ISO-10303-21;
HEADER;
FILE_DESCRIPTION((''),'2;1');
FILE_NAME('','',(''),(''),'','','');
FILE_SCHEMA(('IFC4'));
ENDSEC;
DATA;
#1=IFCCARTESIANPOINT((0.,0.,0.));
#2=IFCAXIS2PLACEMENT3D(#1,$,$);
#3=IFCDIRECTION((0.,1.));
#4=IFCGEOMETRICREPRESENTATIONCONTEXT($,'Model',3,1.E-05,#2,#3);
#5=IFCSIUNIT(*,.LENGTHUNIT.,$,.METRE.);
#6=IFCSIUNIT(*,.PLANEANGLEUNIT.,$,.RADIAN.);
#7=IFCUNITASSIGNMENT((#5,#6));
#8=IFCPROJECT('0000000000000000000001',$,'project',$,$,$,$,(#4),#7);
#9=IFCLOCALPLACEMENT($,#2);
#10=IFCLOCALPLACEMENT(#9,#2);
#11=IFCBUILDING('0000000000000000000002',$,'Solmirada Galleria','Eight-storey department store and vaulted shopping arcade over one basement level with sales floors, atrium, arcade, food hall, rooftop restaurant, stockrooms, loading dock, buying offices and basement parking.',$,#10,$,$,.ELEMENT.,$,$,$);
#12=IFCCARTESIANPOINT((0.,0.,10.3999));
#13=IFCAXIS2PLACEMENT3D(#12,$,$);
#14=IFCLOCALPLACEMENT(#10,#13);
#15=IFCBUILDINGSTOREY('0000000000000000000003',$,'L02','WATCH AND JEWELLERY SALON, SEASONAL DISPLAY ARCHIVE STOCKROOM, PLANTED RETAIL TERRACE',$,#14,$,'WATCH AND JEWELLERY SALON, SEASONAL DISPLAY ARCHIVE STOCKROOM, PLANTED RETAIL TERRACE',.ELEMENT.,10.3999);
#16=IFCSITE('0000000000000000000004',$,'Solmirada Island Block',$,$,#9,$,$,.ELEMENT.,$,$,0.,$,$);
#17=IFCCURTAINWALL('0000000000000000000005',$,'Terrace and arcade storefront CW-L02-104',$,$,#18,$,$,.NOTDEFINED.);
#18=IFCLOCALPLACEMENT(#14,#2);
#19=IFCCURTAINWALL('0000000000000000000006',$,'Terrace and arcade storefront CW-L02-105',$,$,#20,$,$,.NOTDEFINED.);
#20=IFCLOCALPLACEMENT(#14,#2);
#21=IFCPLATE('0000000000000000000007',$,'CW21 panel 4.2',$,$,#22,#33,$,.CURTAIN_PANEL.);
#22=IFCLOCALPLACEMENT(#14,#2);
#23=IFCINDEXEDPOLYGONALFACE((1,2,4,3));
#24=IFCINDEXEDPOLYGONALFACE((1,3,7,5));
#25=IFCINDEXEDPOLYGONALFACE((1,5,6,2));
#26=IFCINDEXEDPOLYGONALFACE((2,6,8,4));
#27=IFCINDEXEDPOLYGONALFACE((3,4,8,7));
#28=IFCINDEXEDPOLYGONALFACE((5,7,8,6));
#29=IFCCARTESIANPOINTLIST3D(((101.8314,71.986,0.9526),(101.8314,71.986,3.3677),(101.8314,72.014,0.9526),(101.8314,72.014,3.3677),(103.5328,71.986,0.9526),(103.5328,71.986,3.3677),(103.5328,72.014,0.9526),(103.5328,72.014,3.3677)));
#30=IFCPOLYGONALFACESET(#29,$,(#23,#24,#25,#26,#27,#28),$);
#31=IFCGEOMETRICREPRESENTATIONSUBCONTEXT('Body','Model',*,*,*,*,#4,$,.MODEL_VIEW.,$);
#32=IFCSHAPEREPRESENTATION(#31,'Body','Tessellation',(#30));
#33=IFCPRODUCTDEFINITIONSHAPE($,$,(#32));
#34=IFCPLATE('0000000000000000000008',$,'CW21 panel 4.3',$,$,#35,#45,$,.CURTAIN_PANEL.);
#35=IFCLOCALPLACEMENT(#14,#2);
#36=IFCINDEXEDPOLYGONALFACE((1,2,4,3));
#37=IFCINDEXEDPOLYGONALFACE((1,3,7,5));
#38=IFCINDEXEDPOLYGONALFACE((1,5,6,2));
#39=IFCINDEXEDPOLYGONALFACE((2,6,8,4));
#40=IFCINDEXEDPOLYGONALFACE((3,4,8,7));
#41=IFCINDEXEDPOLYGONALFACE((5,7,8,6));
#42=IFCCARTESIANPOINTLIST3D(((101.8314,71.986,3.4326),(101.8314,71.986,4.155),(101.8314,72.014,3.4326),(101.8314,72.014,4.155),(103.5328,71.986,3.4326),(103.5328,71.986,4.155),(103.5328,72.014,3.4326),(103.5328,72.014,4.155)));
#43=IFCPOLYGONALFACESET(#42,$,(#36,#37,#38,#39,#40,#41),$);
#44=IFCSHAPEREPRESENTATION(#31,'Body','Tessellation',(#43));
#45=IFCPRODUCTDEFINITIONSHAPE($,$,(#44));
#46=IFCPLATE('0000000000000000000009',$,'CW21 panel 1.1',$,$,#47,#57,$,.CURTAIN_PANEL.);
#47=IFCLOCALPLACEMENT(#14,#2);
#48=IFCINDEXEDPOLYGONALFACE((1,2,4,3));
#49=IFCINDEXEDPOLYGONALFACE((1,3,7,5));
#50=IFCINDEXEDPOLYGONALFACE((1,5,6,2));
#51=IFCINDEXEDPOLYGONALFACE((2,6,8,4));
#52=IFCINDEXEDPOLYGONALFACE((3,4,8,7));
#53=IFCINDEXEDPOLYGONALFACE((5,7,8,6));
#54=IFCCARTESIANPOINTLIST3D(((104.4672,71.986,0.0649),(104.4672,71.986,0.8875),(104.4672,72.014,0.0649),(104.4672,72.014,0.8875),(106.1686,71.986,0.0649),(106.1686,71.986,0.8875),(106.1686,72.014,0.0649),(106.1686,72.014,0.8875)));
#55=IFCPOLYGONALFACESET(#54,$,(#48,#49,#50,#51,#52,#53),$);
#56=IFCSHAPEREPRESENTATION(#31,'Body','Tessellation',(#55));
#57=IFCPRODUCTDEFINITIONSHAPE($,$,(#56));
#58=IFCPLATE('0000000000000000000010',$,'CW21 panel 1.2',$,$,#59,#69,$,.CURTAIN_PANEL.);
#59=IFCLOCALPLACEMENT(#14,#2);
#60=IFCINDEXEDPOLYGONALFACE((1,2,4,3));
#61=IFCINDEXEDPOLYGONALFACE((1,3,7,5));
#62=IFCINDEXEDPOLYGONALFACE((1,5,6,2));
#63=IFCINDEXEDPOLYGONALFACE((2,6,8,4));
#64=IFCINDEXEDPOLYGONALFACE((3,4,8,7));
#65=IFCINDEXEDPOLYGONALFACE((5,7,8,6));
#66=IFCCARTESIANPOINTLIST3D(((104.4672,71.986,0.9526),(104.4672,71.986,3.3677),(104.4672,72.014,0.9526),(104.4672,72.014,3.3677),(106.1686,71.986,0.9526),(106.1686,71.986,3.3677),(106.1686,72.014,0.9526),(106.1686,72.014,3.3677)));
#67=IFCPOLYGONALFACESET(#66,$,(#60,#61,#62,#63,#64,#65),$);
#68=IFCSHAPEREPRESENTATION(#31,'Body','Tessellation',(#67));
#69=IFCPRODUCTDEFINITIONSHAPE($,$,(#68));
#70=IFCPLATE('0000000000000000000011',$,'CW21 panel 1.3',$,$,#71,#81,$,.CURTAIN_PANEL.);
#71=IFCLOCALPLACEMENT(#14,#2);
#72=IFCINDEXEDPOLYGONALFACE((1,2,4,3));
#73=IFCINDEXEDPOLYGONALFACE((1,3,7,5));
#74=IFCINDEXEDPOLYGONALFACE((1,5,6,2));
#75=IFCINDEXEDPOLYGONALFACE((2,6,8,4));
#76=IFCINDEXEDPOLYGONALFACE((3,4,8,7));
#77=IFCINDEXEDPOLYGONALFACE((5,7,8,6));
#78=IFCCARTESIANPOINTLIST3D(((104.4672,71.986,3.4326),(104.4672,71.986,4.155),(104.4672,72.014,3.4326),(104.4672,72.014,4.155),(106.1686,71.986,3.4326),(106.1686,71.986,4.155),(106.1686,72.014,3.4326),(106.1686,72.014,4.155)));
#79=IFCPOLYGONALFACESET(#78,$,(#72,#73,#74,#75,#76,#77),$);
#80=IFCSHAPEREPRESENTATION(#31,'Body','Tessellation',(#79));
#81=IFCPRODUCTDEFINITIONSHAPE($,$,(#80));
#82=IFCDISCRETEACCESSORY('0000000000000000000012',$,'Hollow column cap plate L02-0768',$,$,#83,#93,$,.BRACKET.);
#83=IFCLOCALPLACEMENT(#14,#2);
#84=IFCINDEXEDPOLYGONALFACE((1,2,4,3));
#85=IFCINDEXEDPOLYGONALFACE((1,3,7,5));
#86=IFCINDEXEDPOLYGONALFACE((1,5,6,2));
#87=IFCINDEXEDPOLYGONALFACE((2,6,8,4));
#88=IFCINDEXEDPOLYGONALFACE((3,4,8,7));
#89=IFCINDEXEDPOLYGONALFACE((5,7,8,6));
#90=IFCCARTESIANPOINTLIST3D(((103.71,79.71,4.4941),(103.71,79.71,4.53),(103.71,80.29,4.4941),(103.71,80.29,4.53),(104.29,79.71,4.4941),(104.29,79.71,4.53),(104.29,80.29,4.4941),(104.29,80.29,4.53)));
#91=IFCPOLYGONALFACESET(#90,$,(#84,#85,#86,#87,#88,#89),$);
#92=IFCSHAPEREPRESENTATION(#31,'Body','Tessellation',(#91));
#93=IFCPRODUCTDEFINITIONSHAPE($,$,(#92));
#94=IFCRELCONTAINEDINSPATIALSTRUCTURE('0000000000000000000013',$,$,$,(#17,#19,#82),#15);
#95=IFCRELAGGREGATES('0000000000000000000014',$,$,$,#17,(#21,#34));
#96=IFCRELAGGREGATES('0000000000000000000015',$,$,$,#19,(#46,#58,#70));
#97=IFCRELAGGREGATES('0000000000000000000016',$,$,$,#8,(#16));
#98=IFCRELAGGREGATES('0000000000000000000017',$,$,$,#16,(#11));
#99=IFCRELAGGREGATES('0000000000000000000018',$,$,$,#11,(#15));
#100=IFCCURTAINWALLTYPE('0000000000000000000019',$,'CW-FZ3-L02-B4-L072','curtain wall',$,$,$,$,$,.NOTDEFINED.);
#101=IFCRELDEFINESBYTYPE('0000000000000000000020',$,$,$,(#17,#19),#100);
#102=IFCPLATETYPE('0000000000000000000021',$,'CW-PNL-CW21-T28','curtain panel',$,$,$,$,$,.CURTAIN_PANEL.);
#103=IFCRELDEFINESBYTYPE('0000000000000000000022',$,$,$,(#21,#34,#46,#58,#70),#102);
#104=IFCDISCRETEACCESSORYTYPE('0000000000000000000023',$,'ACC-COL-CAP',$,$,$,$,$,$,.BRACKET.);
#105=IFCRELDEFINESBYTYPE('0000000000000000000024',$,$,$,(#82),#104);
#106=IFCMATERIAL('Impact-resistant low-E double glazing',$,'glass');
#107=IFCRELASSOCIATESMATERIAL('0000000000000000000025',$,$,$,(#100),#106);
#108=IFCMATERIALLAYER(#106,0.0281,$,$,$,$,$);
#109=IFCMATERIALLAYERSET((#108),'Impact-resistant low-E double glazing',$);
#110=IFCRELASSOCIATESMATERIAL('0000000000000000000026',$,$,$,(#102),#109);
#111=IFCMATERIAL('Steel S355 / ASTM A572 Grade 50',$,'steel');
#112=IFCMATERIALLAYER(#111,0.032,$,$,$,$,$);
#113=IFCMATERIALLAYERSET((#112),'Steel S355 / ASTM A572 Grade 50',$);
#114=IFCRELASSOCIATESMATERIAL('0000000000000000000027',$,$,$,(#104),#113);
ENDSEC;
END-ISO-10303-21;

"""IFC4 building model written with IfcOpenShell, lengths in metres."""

from ifc_helpers import new_model, si_unit, direction, frame, origin, origin_2d, place, context, subcontext, project, spatial, rectangle, extrude, material, layer, layer_set, type_object, element, aggregate, save


model = new_model("IFC4")

# Units and contexts
model_context = context("Model", 3, precision=1e-05, world=origin(), true_north=direction((0.0, 1.0)))
body_context = subcontext(model_context, "Body", "Model", "MODEL_VIEW")
ifc_project = project(units=[si_unit("LENGTHUNIT", "METRE"), si_unit("PLANEANGLEUNIT", "RADIAN")], contexts=[model_context])

# Site, building, storey
site_placement = place(None, origin())
site = spatial("IfcSite", under=ifc_project, at=site_placement, Name="Solmirada Island Block", CompositionType="ELEMENT", RefElevation=0.0)
building_placement = place(site_placement, origin())
building = spatial("IfcBuilding", under=site, at=building_placement, Name="Solmirada Galleria", Description="Eight-storey department store and vaulted shopping arcade over one basement level with sales floors, atrium, arcade, food hall, rooftop restaurant, stockrooms, loading dock, buying offices and basement parking.", CompositionType="ELEMENT")
storey_placement = place(building_placement, frame((0.0, 0.0, 10.3999)))
storey = spatial("IfcBuildingStorey", under=building, at=storey_placement, Name="L02", Description="WATCH AND JEWELLERY SALON, SEASONAL DISPLAY ARCHIVE STOCKROOM, PLANTED RETAIL TERRACE", LongName="WATCH AND JEWELLERY SALON, SEASONAL DISPLAY ARCHIVE STOCKROOM, PLANTED RETAIL TERRACE", CompositionType="ELEMENT", Elevation=10.3999)

# Curtain walls
ifc_material_1 = material(Name="Impact-resistant low-E double glazing", Category="glass")
curtain_wall_type = type_object("IfcCurtainWallType", Name="CW-FZ3-L02-B4-L072", Description="curtain wall", PredefinedType="NOTDEFINED", material=ifc_material_1)
curtain_wall_1_placement = place(storey_placement, origin())
curtain_wall_1 = element("IfcCurtainWall", 1, at=curtain_wall_1_placement, inside=storey, type_object=curtain_wall_type, Name="Terrace and arcade storefront CW-L02-104", PredefinedType="NOTDEFINED")
curtain_wall_2_placement = place(storey_placement, origin())
curtain_wall_2 = element("IfcCurtainWall", 2, at=curtain_wall_2_placement, inside=storey, type_object=curtain_wall_type, Name="Terrace and arcade storefront CW-L02-105", PredefinedType="NOTDEFINED")

# Plates
ifc_layer_1 = layer(ifc_material_1, 0.0281)
ifc_layer_set_1 = layer_set([ifc_layer_1], Name="Impact-resistant low-E double glazing")
plate_type = type_object("IfcPlateType", Name="CW-PNL-CW21-T28", Description="curtain panel", PredefinedType="CURTAIN_PANEL", material=ifc_layer_set_1)
plate_1_placement = place(storey_placement, frame((102.6821, 72.0, 0.9526), z_axis=(0.0, 0.0, 1.0), x_axis=(1.0, 0.0, 0.0)))
plate_1 = element("IfcPlate", 3, at=plate_1_placement, type_object=plate_type, Name="CW21 panel 4.2", PredefinedType="CURTAIN_PANEL", context=body_context, shape_type="SweptSolid", body=[
    extrude(rectangle(XDim=1.7014, YDim=0.0281, at=origin_2d()), origin(), (0.0, 0.0, 1.0), 2.415),
])
plate_2_placement = place(storey_placement, frame((102.6821, 72.0, 3.4326), z_axis=(0.0, 0.0, 1.0), x_axis=(1.0, 0.0, 0.0)))
plate_2 = element("IfcPlate", 4, at=plate_2_placement, type_object=plate_type, Name="CW21 panel 4.3", PredefinedType="CURTAIN_PANEL", context=body_context, shape_type="SweptSolid", body=[
    extrude(rectangle(XDim=1.7014, YDim=0.0281, at=origin_2d()), origin(), (0.0, 0.0, 1.0), 0.7224),
])
aggregate(curtain_wall_1, [plate_1, plate_2])
plate_3_placement = place(storey_placement, frame((105.3179, 72.0, 0.0649), z_axis=(0.0, 0.0, 1.0), x_axis=(1.0, 0.0, 0.0)))
plate_3 = element("IfcPlate", 5, at=plate_3_placement, type_object=plate_type, Name="CW21 panel 1.1", PredefinedType="CURTAIN_PANEL", context=body_context, shape_type="SweptSolid", body=[
    extrude(rectangle(XDim=1.7014, YDim=0.0281, at=origin_2d()), origin(), (0.0, 0.0, 1.0), 0.8225),
])
plate_4_placement = place(storey_placement, frame((105.3179, 72.0, 0.9526), z_axis=(0.0, 0.0, 1.0), x_axis=(1.0, 0.0, 0.0)))
plate_4 = element("IfcPlate", 6, at=plate_4_placement, type_object=plate_type, Name="CW21 panel 1.2", PredefinedType="CURTAIN_PANEL", context=body_context, shape_type="SweptSolid", body=[
    extrude(rectangle(XDim=1.7014, YDim=0.0281, at=origin_2d()), origin(), (0.0, 0.0, 1.0), 2.415),
])
plate_5_placement = place(storey_placement, frame((105.3179, 72.0, 3.4326), z_axis=(0.0, 0.0, 1.0), x_axis=(1.0, 0.0, 0.0)))
plate_5 = element("IfcPlate", 7, at=plate_5_placement, type_object=plate_type, Name="CW21 panel 1.3", PredefinedType="CURTAIN_PANEL", context=body_context, shape_type="SweptSolid", body=[
    extrude(rectangle(XDim=1.7014, YDim=0.0281, at=origin_2d()), origin(), (0.0, 0.0, 1.0), 0.7224),
])
aggregate(curtain_wall_2, [plate_3, plate_4, plate_5])

# Discrete accessory
ifc_material_2 = material(Name="Steel S355 / ASTM A572 Grade 50", Category="steel")
ifc_layer_2 = layer(ifc_material_2, 0.032)
ifc_layer_set_2 = layer_set([ifc_layer_2], Name="Steel S355 / ASTM A572 Grade 50")
discrete_accessory_type = type_object("IfcDiscreteAccessoryType", Name="ACC-COL-CAP", PredefinedType="BRACKET", material=ifc_layer_set_2)
discrete_accessory_placement = place(storey_placement, frame((104.0, 80.0, 4.4941), z_axis=(0.0, 0.0, 1.0), x_axis=(1.0, 0.0, 0.0)))
element("IfcDiscreteAccessory", 8, at=discrete_accessory_placement, inside=storey, type_object=discrete_accessory_type, Name="Hollow column cap plate L02-0768", PredefinedType="BRACKET", context=body_context, shape_type="SweptSolid", body=[
    extrude(rectangle(XDim=0.5801, YDim=0.5801, at=origin_2d()), origin(), (0.0, 0.0, 1.0), 0.0359),
])

save(model, "model.ifc")
